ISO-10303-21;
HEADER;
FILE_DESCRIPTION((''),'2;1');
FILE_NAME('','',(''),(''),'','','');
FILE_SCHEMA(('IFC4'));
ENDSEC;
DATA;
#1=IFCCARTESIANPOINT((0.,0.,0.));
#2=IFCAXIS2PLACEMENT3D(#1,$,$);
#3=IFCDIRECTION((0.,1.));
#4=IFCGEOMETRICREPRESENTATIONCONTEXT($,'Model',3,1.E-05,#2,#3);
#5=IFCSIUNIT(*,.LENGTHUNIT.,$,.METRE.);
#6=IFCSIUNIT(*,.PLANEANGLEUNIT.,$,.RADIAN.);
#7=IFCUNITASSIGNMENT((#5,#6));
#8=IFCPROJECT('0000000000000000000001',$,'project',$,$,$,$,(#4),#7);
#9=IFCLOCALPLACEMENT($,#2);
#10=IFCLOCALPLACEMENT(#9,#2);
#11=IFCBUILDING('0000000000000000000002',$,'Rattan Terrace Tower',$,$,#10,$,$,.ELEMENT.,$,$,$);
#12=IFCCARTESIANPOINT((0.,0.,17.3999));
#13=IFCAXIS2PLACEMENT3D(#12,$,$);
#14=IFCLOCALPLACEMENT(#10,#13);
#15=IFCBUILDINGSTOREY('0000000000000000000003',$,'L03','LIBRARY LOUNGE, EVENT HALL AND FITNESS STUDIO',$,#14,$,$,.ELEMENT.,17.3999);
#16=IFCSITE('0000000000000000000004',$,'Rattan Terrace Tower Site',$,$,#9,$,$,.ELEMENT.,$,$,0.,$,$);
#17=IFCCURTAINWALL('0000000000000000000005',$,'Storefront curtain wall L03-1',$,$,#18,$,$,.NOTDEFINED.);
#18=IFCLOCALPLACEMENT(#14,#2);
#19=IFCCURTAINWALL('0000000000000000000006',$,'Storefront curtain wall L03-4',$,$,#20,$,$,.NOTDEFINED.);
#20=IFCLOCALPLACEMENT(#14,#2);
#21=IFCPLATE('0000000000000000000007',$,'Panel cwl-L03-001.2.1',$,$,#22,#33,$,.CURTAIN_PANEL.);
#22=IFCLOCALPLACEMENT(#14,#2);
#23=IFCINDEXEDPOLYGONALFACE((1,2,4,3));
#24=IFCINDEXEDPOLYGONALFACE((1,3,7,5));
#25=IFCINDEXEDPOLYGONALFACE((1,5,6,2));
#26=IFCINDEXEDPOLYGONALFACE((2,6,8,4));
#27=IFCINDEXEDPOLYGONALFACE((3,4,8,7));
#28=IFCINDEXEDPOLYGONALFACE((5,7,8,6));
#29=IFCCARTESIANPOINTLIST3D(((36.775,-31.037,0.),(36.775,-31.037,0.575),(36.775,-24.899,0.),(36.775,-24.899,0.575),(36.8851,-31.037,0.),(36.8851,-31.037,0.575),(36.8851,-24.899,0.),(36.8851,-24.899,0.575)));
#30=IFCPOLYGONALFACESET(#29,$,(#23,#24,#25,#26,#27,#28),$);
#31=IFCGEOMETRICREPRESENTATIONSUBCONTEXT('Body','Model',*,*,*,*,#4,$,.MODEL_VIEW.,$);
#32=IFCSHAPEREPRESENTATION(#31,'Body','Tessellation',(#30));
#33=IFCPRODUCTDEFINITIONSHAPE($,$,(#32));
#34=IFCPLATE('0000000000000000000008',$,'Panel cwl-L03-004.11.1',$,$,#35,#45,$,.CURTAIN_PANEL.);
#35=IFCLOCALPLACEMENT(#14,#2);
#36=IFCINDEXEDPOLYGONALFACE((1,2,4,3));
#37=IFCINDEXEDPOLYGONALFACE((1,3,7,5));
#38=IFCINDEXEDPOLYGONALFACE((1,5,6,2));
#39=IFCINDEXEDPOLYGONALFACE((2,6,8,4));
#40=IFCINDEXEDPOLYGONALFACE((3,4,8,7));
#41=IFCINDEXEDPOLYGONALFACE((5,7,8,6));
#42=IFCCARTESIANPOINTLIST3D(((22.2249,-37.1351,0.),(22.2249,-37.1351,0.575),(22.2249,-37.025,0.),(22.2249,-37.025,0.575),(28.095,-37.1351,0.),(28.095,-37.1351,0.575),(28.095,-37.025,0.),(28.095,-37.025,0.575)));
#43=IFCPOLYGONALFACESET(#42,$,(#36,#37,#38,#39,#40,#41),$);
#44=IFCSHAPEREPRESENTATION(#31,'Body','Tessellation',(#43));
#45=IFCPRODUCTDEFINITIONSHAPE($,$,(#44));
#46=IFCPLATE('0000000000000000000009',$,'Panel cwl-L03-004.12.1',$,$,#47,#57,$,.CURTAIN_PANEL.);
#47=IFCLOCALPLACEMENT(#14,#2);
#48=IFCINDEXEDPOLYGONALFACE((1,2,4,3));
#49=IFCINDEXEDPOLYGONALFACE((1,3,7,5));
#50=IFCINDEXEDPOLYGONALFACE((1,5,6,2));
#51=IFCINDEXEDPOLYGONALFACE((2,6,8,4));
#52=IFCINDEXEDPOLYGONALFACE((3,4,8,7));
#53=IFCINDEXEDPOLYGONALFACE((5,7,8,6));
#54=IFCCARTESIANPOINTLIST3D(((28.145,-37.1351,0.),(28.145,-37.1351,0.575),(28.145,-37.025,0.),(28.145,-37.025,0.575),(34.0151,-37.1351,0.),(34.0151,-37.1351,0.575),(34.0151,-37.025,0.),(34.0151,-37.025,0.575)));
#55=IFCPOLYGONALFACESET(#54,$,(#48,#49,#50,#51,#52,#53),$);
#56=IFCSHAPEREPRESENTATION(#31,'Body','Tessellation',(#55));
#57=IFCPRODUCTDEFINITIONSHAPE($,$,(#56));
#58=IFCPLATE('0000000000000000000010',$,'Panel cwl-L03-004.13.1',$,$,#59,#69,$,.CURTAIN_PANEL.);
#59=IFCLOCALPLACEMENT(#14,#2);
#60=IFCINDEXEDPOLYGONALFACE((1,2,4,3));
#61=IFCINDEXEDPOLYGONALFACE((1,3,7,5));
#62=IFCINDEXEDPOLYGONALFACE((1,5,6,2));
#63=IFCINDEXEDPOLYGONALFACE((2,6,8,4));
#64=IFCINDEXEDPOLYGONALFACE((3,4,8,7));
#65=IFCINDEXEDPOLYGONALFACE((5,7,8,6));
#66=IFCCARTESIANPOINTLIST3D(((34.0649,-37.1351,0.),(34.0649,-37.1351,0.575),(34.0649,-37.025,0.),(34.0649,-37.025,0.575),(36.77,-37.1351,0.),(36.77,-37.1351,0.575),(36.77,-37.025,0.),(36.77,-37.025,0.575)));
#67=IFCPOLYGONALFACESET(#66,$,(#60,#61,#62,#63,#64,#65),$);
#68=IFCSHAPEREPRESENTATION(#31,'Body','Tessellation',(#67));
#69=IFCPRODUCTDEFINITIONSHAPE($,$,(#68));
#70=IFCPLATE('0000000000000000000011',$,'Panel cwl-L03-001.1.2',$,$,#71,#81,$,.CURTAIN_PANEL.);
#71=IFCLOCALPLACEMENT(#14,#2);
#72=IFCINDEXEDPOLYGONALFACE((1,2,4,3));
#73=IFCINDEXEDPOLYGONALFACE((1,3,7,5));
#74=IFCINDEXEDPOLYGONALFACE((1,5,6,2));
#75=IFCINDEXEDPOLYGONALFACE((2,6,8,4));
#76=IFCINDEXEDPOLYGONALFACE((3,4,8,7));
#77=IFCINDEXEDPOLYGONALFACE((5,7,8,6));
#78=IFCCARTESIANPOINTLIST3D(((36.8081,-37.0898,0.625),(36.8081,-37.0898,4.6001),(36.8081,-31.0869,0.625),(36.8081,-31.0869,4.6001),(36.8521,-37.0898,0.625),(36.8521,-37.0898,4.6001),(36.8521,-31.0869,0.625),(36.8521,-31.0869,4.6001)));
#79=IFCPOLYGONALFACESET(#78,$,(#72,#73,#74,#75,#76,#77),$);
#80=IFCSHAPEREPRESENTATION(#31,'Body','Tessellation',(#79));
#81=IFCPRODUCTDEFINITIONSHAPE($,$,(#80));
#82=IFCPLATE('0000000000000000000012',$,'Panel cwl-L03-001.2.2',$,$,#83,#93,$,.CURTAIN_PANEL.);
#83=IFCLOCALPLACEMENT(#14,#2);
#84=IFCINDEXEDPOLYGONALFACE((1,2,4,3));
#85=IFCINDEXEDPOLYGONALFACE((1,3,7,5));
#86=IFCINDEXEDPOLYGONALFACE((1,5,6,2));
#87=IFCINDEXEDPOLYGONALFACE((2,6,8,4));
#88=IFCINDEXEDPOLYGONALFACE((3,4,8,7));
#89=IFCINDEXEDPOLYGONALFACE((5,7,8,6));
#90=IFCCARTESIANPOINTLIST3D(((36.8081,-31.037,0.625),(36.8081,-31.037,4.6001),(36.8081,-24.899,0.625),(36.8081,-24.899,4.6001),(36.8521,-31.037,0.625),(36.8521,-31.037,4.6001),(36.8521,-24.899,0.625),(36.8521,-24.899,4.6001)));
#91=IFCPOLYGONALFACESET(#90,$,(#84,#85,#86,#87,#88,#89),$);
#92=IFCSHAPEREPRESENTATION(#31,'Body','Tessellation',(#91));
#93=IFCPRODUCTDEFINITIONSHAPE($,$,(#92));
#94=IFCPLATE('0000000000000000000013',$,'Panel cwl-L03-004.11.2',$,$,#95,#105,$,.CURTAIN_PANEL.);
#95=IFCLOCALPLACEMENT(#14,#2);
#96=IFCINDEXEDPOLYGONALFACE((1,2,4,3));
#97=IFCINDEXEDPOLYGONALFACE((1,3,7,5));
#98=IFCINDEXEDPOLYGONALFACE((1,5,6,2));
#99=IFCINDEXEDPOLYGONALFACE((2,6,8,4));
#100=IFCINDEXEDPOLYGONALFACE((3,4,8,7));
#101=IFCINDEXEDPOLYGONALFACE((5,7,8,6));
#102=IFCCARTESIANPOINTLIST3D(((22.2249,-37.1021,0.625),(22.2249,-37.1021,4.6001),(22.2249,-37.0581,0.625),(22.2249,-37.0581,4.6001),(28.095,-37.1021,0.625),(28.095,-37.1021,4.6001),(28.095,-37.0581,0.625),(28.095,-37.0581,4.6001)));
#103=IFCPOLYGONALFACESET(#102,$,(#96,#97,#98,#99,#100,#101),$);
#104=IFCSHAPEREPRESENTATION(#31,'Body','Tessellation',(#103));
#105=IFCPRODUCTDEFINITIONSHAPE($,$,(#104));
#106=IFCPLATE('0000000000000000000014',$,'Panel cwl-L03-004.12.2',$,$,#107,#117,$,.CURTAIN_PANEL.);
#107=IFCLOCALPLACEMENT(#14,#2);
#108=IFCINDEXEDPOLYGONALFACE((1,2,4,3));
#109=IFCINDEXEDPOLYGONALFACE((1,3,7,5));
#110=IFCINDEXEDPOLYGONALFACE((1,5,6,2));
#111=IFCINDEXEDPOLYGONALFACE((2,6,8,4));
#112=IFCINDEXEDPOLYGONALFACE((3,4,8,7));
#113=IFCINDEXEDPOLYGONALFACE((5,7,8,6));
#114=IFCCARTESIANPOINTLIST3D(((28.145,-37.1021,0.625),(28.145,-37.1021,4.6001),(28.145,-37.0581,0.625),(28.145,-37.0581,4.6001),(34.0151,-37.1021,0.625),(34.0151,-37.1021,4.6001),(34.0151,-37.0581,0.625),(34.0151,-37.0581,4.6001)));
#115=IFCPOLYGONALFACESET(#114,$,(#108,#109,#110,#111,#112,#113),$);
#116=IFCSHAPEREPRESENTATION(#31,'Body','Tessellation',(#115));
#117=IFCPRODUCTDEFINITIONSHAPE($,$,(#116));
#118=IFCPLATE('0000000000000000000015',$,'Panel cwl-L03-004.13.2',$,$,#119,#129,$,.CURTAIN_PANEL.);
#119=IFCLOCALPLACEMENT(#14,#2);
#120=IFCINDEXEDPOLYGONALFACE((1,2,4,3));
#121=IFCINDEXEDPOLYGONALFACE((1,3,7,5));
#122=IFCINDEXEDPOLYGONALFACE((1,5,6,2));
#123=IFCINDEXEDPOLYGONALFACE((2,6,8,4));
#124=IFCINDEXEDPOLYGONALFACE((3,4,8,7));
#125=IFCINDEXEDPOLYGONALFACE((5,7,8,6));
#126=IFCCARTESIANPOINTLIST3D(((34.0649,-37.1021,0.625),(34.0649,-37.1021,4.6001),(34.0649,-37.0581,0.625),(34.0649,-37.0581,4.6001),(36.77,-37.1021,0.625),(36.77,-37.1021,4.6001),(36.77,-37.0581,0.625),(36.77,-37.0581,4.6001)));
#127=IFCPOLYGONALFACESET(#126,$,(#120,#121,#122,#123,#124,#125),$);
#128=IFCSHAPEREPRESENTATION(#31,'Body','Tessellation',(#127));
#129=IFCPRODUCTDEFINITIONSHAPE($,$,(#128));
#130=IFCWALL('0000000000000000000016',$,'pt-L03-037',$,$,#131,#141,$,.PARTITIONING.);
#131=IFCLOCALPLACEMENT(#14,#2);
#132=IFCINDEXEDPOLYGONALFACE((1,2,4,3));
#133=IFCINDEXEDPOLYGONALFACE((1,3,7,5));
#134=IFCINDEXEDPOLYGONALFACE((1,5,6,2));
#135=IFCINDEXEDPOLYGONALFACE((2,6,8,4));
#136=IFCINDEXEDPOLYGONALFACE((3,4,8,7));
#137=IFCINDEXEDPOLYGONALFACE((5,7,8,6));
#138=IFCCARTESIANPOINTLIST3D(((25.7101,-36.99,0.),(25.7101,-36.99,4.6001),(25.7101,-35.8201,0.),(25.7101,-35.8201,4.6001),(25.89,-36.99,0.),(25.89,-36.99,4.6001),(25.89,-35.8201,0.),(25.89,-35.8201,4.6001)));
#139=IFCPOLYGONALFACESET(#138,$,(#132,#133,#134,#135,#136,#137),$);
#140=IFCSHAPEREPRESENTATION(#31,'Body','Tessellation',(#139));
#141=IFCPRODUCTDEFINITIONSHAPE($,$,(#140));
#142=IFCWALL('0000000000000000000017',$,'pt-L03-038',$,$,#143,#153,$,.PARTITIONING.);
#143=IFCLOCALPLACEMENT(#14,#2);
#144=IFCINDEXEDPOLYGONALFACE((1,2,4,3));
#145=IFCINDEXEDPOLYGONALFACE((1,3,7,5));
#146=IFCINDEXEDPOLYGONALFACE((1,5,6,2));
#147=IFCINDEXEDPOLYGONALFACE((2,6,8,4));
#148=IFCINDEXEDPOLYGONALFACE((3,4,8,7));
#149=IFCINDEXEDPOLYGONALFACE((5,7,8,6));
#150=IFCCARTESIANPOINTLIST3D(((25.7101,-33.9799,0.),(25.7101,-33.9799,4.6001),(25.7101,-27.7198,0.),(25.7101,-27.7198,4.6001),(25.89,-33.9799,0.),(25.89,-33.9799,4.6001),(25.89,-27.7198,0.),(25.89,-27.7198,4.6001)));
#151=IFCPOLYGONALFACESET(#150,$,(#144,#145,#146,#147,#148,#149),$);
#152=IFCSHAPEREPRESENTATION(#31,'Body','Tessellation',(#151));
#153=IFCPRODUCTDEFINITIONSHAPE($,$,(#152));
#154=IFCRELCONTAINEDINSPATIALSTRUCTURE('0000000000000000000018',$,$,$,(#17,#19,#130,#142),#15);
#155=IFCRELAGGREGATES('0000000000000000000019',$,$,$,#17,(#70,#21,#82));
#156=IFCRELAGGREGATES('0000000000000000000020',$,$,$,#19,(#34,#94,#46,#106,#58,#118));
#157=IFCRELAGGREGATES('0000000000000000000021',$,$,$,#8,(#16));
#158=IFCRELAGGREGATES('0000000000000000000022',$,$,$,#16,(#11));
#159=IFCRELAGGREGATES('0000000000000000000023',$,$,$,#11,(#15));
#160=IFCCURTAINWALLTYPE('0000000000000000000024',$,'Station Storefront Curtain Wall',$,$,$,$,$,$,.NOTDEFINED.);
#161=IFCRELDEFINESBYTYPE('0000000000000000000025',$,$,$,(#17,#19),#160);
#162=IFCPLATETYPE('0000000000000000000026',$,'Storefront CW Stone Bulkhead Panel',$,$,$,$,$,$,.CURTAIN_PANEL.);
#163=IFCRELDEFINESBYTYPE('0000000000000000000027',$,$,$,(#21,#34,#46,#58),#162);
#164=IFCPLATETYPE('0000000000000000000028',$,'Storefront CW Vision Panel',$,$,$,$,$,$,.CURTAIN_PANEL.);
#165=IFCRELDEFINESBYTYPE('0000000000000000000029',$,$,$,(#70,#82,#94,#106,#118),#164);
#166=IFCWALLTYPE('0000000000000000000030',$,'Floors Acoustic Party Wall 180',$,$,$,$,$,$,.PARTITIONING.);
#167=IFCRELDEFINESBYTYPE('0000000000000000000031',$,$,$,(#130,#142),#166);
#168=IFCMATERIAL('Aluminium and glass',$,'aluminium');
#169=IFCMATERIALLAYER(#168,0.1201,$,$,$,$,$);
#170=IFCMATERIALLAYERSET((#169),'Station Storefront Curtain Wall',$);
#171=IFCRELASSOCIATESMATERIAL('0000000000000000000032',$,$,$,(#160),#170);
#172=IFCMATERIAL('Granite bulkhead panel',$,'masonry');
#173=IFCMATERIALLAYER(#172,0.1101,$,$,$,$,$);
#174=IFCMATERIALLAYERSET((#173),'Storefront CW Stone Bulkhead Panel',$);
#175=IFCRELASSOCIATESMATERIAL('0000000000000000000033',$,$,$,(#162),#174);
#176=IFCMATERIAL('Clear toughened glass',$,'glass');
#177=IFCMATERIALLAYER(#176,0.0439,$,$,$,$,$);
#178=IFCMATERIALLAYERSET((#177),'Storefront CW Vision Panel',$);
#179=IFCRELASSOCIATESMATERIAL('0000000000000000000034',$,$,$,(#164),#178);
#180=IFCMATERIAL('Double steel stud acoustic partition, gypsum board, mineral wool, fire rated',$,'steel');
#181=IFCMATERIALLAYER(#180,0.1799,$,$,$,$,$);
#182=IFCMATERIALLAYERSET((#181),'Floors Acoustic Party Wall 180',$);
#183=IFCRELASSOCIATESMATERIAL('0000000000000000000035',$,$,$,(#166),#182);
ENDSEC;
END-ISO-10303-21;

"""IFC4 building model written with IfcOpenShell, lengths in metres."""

from ifc_helpers import new_model, si_unit, direction, frame, frame_2d, origin, origin_2d, place, context, subcontext, project, spatial, rectangle, extrude, material, layer, layer_set, type_object, element, aggregate, save


model = new_model("IFC4")

# Units and contexts
model_context = context("Model", 3, precision=1e-05, world=origin(), true_north=direction((0.0, 1.0)))
body_context = subcontext(model_context, "Body", "Model", "MODEL_VIEW")
ifc_project = project(units=[si_unit("LENGTHUNIT", "METRE"), si_unit("PLANEANGLEUNIT", "RADIAN")], contexts=[model_context])

# Site, building, storey
site_placement = place(None, origin())
site = spatial("IfcSite", under=ifc_project, at=site_placement, Name="Rattan Terrace Tower Site", CompositionType="ELEMENT", RefElevation=0.0)
building_placement = place(site_placement, origin())
building = spatial("IfcBuilding", under=site, at=building_placement, Name="Rattan Terrace Tower", CompositionType="ELEMENT")
storey_placement = place(building_placement, frame((0.0, 0.0, 17.3999)))
storey = spatial("IfcBuildingStorey", under=building, at=storey_placement, Name="L03", Description="LIBRARY LOUNGE, EVENT HALL AND FITNESS STUDIO", CompositionType="ELEMENT", Elevation=17.3999)

# Curtain walls
ifc_material_1 = material(Name="Aluminium and glass", Category="aluminium")
ifc_layer_1 = layer(ifc_material_1, 0.1201)
ifc_layer_set_1 = layer_set([ifc_layer_1], Name="Station Storefront Curtain Wall")
curtain_wall_type = type_object("IfcCurtainWallType", Name="Station Storefront Curtain Wall", PredefinedType="NOTDEFINED", material=ifc_layer_set_1)
curtain_wall_1_placement = place(storey_placement, origin())
curtain_wall_1 = element("IfcCurtainWall", 1, at=curtain_wall_1_placement, inside=storey, type_object=curtain_wall_type, Name="Storefront curtain wall L03-1", PredefinedType="NOTDEFINED")
curtain_wall_2_placement = place(storey_placement, origin())
curtain_wall_2 = element("IfcCurtainWall", 2, at=curtain_wall_2_placement, inside=storey, type_object=curtain_wall_type, Name="Storefront curtain wall L03-4", PredefinedType="NOTDEFINED")

# Plates
ifc_material_2 = material(Name="Granite bulkhead panel", Category="masonry")
ifc_layer_2 = layer(ifc_material_2, 0.1101)
ifc_layer_set_2 = layer_set([ifc_layer_2], Name="Storefront CW Stone Bulkhead Panel")
plate_type_1 = type_object("IfcPlateType", Name="Storefront CW Stone Bulkhead Panel", PredefinedType="CURTAIN_PANEL", material=ifc_layer_set_2)
plate_1_placement = place(storey_placement, frame((36.8301, -27.968, 0.0), z_axis=(0.0, 0.0, 1.0), x_axis=(0.0, 1.0, 0.0)))
plate_1 = element("IfcPlate", 3, at=plate_1_placement, type_object=plate_type_1, Name="Panel cwl-L03-001.2.1", PredefinedType="CURTAIN_PANEL", context=body_context, shape_type="SweptSolid", body=[
    extrude(rectangle(XDim=6.1379, YDim=0.1101, at=origin_2d()), origin(), (0.0, 0.0, 1.0), 0.575),
])
plate_2_placement = place(storey_placement, frame((25.1599, -37.0801, 0.0), z_axis=(0.0, 0.0, 1.0), x_axis=(1.0, 0.0, 0.0)))
plate_2 = element("IfcPlate", 4, at=plate_2_placement, type_object=plate_type_1, Name="Panel cwl-L03-004.11.1", PredefinedType="CURTAIN_PANEL", context=body_context, shape_type="SweptSolid", body=[
    extrude(rectangle(XDim=5.8701, YDim=0.1101, at=origin_2d()), origin(), (0.0, 0.0, 1.0), 0.575),
])
plate_3_placement = place(storey_placement, frame((31.0801, -37.0801, 0.0), z_axis=(0.0, 0.0, 1.0), x_axis=(1.0, 0.0, 0.0)))
plate_3 = element("IfcPlate", 5, at=plate_3_placement, type_object=plate_type_1, Name="Panel cwl-L03-004.12.1", PredefinedType="CURTAIN_PANEL", context=body_context, shape_type="SweptSolid", body=[
    extrude(rectangle(XDim=5.8701, YDim=0.1101, at=origin_2d()), origin(), (0.0, 0.0, 1.0), 0.575),
])
plate_4_placement = place(storey_placement, frame((35.4175, -37.0801, 0.0), z_axis=(0.0, 0.0, 1.0), x_axis=(1.0, 0.0, 0.0)))
plate_4 = element("IfcPlate", 6, at=plate_4_placement, type_object=plate_type_1, Name="Panel cwl-L03-004.13.1", PredefinedType="CURTAIN_PANEL", context=body_context, shape_type="SweptSolid", body=[
    extrude(rectangle(XDim=2.7051, YDim=0.1101, at=origin_2d()), origin(), (0.0, 0.0, 1.0), 0.575),
])
ifc_material_3 = material(Name="Clear toughened glass", Category="glass")
ifc_layer_3 = layer(ifc_material_3, 0.0439)
ifc_layer_set_3 = layer_set([ifc_layer_3], Name="Storefront CW Vision Panel")
plate_type_2 = type_object("IfcPlateType", Name="Storefront CW Vision Panel", PredefinedType="CURTAIN_PANEL", material=ifc_layer_set_3)
plate_5_placement = place(storey_placement, frame((36.8301, -34.0884, 0.625), z_axis=(0.0, 0.0, 1.0), x_axis=(0.0, 1.0, 0.0)))
plate_5 = element("IfcPlate", 7, at=plate_5_placement, type_object=plate_type_2, Name="Panel cwl-L03-001.1.2", PredefinedType="CURTAIN_PANEL", context=body_context, shape_type="SweptSolid", body=[
    extrude(rectangle(XDim=6.0029, YDim=0.0439, at=origin_2d()), origin(), (0.0, 0.0, 1.0), 3.9751),
])
plate_6_placement = place(storey_placement, frame((36.8301, -27.968, 0.625), z_axis=(0.0, 0.0, 1.0), x_axis=(0.0, 1.0, 0.0)))
plate_6 = element("IfcPlate", 8, at=plate_6_placement, type_object=plate_type_2, Name="Panel cwl-L03-001.2.2", PredefinedType="CURTAIN_PANEL", context=body_context, shape_type="SweptSolid", body=[
    extrude(rectangle(XDim=6.1379, YDim=0.0439, at=origin_2d()), origin(), (0.0, 0.0, 1.0), 3.9751),
])
aggregate(curtain_wall_1, [plate_5, plate_1, plate_6])
plate_7_placement = place(storey_placement, frame((25.1599, -37.0801, 0.625), z_axis=(0.0, 0.0, 1.0), x_axis=(1.0, 0.0, 0.0)))
plate_7 = element("IfcPlate", 9, at=plate_7_placement, type_object=plate_type_2, Name="Panel cwl-L03-004.11.2", PredefinedType="CURTAIN_PANEL", context=body_context, shape_type="SweptSolid", body=[
    extrude(rectangle(XDim=5.8701, YDim=0.0439, at=origin_2d()), origin(), (0.0, 0.0, 1.0), 3.9751),
])
plate_8_placement = place(storey_placement, frame((31.0801, -37.0801, 0.625), z_axis=(0.0, 0.0, 1.0), x_axis=(1.0, 0.0, 0.0)))
plate_8 = element("IfcPlate", 10, at=plate_8_placement, type_object=plate_type_2, Name="Panel cwl-L03-004.12.2", PredefinedType="CURTAIN_PANEL", context=body_context, shape_type="SweptSolid", body=[
    extrude(rectangle(XDim=5.8701, YDim=0.0439, at=origin_2d()), origin(), (0.0, 0.0, 1.0), 3.9751),
])
plate_9_placement = place(storey_placement, frame((35.4175, -37.0801, 0.625), z_axis=(0.0, 0.0, 1.0), x_axis=(1.0, 0.0, 0.0)))
plate_9 = element("IfcPlate", 11, at=plate_9_placement, type_object=plate_type_2, Name="Panel cwl-L03-004.13.2", PredefinedType="CURTAIN_PANEL", context=body_context, shape_type="SweptSolid", body=[
    extrude(rectangle(XDim=2.7051, YDim=0.0439, at=origin_2d()), origin(), (0.0, 0.0, 1.0), 3.9751),
])
aggregate(curtain_wall_2, [plate_2, plate_7, plate_3, plate_8, plate_4, plate_9])

# Walls
ifc_material_4 = material(Name="Double steel stud acoustic partition, gypsum board, mineral wool, fire rated", Category="steel")
ifc_layer_4 = layer(ifc_material_4, 0.1799)
ifc_layer_set_4 = layer_set([ifc_layer_4], Name="Floors Acoustic Party Wall 180")
wall_type = type_object("IfcWallType", Name="Floors Acoustic Party Wall 180", PredefinedType="PARTITIONING", material=ifc_layer_set_4)
wall_1_placement = place(storey_placement, frame((25.8, -35.8201, 0.0), z_axis=(0.0, 0.0, 1.0), x_axis=(0.0, -1.0, 0.0)))
element("IfcWall", 12, at=wall_1_placement, inside=storey, type_object=wall_type, Name="pt-L03-037", PredefinedType="PARTITIONING", context=body_context, shape_type="SweptSolid", body=[
    extrude(rectangle(XDim=1.1699, YDim=0.1799, at=frame_2d((0.585, 0.0))), origin(), (0.0, 0.0, 1.0), 4.6001),
])
wall_2_placement = place(storey_placement, frame((25.8, -27.72, 0.0), z_axis=(0.0, 0.0, 1.0), x_axis=(0.0, -1.0, 0.0)))
element("IfcWall", 13, at=wall_2_placement, inside=storey, type_object=wall_type, Name="pt-L03-038", PredefinedType="PARTITIONING", context=body_context, shape_type="SweptSolid", body=[
    extrude(rectangle(XDim=6.26, YDim=0.1799, at=frame_2d((3.1299, 0.0))), origin(), (0.0, 0.0, 1.0), 4.6001),
])

save(model, "model.ifc")
